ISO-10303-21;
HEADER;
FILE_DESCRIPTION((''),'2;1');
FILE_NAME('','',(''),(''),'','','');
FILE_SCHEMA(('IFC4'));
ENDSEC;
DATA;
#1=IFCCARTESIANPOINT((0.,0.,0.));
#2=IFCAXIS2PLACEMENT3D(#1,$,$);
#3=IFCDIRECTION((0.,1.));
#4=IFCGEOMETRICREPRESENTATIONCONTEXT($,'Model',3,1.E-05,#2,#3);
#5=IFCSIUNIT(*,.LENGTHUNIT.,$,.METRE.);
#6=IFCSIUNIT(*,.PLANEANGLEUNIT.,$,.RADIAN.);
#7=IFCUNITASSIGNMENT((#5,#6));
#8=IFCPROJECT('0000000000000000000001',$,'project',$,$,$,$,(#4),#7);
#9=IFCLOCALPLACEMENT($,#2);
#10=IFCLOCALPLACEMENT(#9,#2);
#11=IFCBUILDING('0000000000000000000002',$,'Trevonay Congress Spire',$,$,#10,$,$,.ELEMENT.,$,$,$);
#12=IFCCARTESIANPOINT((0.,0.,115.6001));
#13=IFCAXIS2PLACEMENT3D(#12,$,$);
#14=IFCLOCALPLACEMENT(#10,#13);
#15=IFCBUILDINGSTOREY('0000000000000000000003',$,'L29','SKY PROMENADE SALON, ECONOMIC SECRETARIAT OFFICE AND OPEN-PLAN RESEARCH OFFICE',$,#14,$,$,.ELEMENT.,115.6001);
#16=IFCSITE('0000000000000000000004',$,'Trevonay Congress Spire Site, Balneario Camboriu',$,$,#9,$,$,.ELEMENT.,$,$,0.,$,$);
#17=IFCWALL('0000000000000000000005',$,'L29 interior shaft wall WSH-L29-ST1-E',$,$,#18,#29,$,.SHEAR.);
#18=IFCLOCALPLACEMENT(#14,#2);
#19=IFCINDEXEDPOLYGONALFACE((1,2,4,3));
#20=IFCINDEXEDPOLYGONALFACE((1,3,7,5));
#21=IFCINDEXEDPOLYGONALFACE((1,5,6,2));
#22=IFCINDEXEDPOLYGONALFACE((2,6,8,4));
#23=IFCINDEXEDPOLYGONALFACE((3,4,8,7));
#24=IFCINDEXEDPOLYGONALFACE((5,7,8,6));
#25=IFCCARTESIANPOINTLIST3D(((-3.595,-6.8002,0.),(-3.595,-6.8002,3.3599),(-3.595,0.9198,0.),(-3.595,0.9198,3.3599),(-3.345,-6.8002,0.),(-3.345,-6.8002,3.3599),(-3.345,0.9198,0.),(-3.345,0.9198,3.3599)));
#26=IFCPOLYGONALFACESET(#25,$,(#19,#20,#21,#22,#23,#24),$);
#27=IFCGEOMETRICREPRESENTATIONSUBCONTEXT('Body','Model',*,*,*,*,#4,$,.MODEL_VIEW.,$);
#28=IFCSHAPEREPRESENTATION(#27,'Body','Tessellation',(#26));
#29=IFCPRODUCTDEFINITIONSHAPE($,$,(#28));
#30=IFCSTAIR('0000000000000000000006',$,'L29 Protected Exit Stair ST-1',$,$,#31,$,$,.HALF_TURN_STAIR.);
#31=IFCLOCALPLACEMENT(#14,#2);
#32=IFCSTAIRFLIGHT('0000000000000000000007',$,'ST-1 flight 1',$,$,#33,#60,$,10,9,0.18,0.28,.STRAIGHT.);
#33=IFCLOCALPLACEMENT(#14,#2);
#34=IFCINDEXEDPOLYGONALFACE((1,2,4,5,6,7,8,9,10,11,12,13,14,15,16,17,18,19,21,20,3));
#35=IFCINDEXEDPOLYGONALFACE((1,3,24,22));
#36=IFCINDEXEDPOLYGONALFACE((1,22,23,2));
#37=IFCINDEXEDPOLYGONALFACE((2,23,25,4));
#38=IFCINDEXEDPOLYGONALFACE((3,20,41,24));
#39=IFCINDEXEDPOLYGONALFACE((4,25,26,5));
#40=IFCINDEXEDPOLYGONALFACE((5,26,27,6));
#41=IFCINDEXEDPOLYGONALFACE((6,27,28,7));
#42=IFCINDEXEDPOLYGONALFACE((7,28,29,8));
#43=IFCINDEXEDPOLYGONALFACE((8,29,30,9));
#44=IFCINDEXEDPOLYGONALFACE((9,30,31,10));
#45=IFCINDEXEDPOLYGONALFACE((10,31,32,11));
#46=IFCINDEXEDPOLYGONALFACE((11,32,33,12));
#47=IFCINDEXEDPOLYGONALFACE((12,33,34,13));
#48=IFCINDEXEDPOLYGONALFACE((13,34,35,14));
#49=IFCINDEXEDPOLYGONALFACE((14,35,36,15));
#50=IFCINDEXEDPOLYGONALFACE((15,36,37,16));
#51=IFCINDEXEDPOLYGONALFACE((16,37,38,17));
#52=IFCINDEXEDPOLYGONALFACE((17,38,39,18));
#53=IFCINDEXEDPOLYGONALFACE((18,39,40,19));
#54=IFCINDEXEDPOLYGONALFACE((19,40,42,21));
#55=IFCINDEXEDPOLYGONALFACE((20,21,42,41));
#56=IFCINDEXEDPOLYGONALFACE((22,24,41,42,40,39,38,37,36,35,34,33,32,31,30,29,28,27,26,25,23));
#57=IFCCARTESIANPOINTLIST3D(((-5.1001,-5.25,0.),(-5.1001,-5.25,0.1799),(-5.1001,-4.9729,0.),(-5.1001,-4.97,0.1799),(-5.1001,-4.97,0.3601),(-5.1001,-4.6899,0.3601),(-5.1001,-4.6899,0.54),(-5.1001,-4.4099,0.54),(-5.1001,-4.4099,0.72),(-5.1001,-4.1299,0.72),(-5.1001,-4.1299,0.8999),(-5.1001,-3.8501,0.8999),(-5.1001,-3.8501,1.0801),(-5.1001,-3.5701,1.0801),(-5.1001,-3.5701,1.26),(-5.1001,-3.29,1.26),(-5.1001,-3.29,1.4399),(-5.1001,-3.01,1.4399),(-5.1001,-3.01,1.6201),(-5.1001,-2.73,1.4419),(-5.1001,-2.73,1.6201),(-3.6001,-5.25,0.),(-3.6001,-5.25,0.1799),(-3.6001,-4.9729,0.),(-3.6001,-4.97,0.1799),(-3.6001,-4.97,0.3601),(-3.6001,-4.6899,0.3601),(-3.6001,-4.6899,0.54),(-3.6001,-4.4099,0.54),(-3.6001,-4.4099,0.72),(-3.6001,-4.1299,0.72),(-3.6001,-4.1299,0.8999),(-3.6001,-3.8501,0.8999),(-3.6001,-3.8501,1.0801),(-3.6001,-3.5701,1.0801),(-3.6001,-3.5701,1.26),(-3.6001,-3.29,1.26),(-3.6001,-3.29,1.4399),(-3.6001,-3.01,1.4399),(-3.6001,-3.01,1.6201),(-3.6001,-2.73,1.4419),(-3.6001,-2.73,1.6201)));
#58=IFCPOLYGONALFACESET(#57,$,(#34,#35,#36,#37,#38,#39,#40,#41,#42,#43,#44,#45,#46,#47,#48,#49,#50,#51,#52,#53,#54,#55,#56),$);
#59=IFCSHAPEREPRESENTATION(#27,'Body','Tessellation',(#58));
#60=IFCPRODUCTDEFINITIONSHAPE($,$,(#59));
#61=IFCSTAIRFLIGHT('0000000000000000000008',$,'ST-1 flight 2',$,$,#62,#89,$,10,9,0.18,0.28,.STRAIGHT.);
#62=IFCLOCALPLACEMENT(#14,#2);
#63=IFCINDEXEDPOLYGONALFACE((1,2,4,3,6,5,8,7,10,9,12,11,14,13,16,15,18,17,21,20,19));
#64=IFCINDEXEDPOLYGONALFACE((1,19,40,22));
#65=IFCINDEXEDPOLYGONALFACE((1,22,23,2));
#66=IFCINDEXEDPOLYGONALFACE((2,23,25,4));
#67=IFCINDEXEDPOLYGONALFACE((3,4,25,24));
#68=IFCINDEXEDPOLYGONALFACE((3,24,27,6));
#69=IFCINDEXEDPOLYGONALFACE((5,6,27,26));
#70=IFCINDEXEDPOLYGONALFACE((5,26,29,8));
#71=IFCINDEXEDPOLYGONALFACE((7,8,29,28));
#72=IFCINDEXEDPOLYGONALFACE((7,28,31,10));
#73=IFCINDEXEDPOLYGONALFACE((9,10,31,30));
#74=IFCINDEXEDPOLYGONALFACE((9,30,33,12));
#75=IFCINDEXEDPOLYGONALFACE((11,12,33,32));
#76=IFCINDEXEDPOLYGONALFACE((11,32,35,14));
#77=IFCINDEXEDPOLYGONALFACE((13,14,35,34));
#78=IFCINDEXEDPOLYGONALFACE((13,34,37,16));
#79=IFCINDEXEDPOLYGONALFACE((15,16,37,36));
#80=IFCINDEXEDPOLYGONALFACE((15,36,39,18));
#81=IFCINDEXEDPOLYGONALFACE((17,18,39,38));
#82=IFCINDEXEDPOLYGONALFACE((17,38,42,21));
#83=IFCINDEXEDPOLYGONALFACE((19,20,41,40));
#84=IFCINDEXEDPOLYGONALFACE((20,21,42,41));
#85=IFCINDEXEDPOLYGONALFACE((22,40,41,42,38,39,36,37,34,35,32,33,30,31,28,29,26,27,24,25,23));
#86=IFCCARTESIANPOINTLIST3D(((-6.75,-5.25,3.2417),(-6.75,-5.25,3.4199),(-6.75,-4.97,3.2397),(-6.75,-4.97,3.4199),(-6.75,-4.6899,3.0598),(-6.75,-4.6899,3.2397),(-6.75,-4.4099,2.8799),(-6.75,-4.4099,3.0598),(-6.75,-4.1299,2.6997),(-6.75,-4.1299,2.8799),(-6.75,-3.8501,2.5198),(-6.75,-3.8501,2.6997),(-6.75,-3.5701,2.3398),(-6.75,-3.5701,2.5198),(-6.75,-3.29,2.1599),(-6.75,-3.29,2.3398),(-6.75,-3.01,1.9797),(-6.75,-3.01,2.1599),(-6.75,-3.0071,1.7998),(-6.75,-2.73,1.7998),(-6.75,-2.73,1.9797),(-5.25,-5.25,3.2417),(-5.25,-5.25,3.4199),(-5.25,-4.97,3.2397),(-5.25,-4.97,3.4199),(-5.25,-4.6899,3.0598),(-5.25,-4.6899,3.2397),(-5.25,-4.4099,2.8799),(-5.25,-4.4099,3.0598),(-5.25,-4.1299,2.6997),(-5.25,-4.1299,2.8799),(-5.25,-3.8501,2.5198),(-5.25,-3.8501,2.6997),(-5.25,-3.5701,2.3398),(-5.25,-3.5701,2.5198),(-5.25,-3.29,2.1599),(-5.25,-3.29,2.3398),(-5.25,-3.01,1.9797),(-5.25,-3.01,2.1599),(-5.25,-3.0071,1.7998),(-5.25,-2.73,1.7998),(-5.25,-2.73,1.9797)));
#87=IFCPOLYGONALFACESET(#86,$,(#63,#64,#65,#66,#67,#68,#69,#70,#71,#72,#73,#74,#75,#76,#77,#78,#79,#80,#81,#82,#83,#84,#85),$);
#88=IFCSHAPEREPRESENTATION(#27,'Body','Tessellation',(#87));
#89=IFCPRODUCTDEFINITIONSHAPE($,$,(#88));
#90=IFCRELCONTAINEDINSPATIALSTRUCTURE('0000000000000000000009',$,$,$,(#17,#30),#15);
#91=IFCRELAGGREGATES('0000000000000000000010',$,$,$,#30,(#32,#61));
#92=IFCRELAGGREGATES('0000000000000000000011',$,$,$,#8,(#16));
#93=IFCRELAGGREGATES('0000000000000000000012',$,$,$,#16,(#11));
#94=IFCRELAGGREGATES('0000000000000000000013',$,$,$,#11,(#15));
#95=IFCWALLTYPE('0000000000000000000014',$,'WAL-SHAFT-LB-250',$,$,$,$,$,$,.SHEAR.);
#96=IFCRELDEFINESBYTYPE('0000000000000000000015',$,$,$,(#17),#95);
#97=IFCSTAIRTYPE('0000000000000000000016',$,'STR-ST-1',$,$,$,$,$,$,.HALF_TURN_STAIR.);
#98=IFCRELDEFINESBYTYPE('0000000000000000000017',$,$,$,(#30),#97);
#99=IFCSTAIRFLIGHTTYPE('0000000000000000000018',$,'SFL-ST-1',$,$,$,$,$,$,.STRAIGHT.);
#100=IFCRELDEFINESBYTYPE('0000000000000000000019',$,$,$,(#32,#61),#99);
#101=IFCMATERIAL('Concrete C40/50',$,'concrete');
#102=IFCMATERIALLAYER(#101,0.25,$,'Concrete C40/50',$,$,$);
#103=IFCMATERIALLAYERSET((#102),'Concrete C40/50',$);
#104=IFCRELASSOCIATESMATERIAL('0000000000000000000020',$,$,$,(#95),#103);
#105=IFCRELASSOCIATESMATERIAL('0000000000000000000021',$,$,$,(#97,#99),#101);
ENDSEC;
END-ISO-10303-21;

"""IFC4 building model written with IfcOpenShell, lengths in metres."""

from ifc_helpers import new_model, si_unit, direction, frame, frame_2d, origin, place, context, subcontext, project, spatial, polyline, rectangle, outline, extrude, material, layer, layer_set, type_object, element, aggregate, save


model = new_model("IFC4")

# Units and contexts
model_context = context("Model", 3, precision=1e-05, world=origin(), true_north=direction((0.0, 1.0)))
body_context = subcontext(model_context, "Body", "Model", "MODEL_VIEW")
ifc_project = project(units=[si_unit("LENGTHUNIT", "METRE"), si_unit("PLANEANGLEUNIT", "RADIAN")], contexts=[model_context])

# Site, building, storey
site_placement = place(None, origin())
site = spatial("IfcSite", under=ifc_project, at=site_placement, Name="Trevonay Congress Spire Site, Balneario Camboriu", CompositionType="ELEMENT", RefElevation=0.0)
building_placement = place(site_placement, origin())
building = spatial("IfcBuilding", under=site, at=building_placement, Name="Trevonay Congress Spire", CompositionType="ELEMENT")
storey_placement = place(building_placement, frame((0.0, 0.0, 115.6001)))
storey = spatial("IfcBuildingStorey", under=building, at=storey_placement, Name="L29", Description="SKY PROMENADE SALON, ECONOMIC SECRETARIAT OFFICE AND OPEN-PLAN RESEARCH OFFICE", CompositionType="ELEMENT", Elevation=115.6001)

# Shared definitions
ifc_material_1 = material(Name="Concrete C40/50", Category="concrete")

# Wall
ifc_layer_1 = layer(ifc_material_1, 0.25, Name="Concrete C40/50")
ifc_layer_set_1 = layer_set([ifc_layer_1], Name="Concrete C40/50")
wall_type_1 = type_object("IfcWallType", Name="WAL-SHAFT-LB-250", PredefinedType="SHEAR", material=ifc_layer_set_1)
wall_1_placement = place(storey_placement, frame((-3.47, -6.8, 0.0), z_axis=(0.0, 0.0, 1.0), x_axis=(0.0, 1.0, 0.0)))
element("IfcWall", 1, at=wall_1_placement, inside=storey, type_object=wall_type_1, Name="L29 interior shaft wall WSH-L29-ST1-E", PredefinedType="SHEAR", context=body_context, shape_type="SweptSolid", body=[
    extrude(rectangle(XDim=7.72, YDim=0.25, at=frame_2d((3.8599, 0.0))), origin(), (0.0, 0.0, 1.0), 3.3599),
])

# Stair, stair flights
stair_type = type_object("IfcStairType", Name="STR-ST-1", PredefinedType="HALF_TURN_STAIR", material=ifc_material_1)
stair_placement = place(storey_placement, origin())
stair = element("IfcStair", 2, at=stair_placement, inside=storey, type_object=stair_type, Name="L29 Protected Exit Stair ST-1", PredefinedType="HALF_TURN_STAIR")
stair_flight_type = type_object("IfcStairFlightType", Name="SFL-ST-1", PredefinedType="STRAIGHT", material=ifc_material_1)
stair_flight_1_placement = place(storey_placement, frame((-4.3501, -5.25, 0.0), z_axis=(0.0, 0.0, 1.0), x_axis=(0.0, 1.0, 0.0)))
stair_flight_1 = element("IfcStairFlight", 3, at=stair_flight_1_placement, type_object=stair_flight_type, Name="ST-1 flight 1", NumberOfRisers=10, NumberOfTreads=9, PredefinedType="STRAIGHT", RiserHeight=0.18, TreadLength=0.28, context=body_context, shape_type="SweptSolid", body=[
    extrude(outline(polyline([(0.0, 0.0), (0.0, 0.1799), (0.28, 0.1799), (0.28, 0.3601), (0.5601, 0.3601), (0.5601, 0.54), (0.8401, 0.54), (0.8401, 0.72), (1.1201, 0.72), (1.1201, 0.8999), (1.3999, 0.8999), (1.3999, 1.0801), (1.6799, 1.0801), (1.6799, 1.26), (1.96, 1.26), (1.96, 1.4399), (2.24, 1.4399), (2.24, 1.6201), (2.52, 1.6201), (2.52, 1.8), (2.52, 1.4419), (0.2771, 0.0), (0.0, 0.0)])), frame((0.0, 0.75, 0.0), z_axis=(0.0, -1.0, 0.0), x_axis=(1.0, 0.0, 0.0)), (0.0, 0.0, 1.0), 1.5),
])
stair_flight_2_placement = place(storey_placement, frame((-6.0, -2.73, 1.7998), z_axis=(0.0, 0.0, 1.0), x_axis=(0.0, -1.0, 0.0)))
stair_flight_2 = element("IfcStairFlight", 4, at=stair_flight_2_placement, type_object=stair_flight_type, Name="ST-1 flight 2", NumberOfRisers=10, NumberOfTreads=9, PredefinedType="STRAIGHT", RiserHeight=0.18, TreadLength=0.28, context=body_context, shape_type="SweptSolid", body=[
    extrude(outline(polyline([(0.0, 0.0), (0.0, 0.1799), (0.28, 0.1799), (0.28, 0.3601), (0.5601, 0.3601), (0.5601, 0.54), (0.8401, 0.54), (0.8401, 0.72), (1.1201, 0.72), (1.1201, 0.8999), (1.3999, 0.8999), (1.3999, 1.0801), (1.6799, 1.0801), (1.6799, 1.26), (1.96, 1.26), (1.96, 1.4399), (2.24, 1.4399), (2.24, 1.6201), (2.52, 1.6201), (2.52, 1.8), (2.52, 1.4419), (0.2771, 0.0), (0.0, 0.0)])), frame((0.0, 0.75, 0.0), z_axis=(0.0, -1.0, 0.0), x_axis=(1.0, 0.0, 0.0)), (0.0, 0.0, 1.0), 1.5),
])
aggregate(stair, [stair_flight_1, stair_flight_2])

save(model, "model.ifc")
